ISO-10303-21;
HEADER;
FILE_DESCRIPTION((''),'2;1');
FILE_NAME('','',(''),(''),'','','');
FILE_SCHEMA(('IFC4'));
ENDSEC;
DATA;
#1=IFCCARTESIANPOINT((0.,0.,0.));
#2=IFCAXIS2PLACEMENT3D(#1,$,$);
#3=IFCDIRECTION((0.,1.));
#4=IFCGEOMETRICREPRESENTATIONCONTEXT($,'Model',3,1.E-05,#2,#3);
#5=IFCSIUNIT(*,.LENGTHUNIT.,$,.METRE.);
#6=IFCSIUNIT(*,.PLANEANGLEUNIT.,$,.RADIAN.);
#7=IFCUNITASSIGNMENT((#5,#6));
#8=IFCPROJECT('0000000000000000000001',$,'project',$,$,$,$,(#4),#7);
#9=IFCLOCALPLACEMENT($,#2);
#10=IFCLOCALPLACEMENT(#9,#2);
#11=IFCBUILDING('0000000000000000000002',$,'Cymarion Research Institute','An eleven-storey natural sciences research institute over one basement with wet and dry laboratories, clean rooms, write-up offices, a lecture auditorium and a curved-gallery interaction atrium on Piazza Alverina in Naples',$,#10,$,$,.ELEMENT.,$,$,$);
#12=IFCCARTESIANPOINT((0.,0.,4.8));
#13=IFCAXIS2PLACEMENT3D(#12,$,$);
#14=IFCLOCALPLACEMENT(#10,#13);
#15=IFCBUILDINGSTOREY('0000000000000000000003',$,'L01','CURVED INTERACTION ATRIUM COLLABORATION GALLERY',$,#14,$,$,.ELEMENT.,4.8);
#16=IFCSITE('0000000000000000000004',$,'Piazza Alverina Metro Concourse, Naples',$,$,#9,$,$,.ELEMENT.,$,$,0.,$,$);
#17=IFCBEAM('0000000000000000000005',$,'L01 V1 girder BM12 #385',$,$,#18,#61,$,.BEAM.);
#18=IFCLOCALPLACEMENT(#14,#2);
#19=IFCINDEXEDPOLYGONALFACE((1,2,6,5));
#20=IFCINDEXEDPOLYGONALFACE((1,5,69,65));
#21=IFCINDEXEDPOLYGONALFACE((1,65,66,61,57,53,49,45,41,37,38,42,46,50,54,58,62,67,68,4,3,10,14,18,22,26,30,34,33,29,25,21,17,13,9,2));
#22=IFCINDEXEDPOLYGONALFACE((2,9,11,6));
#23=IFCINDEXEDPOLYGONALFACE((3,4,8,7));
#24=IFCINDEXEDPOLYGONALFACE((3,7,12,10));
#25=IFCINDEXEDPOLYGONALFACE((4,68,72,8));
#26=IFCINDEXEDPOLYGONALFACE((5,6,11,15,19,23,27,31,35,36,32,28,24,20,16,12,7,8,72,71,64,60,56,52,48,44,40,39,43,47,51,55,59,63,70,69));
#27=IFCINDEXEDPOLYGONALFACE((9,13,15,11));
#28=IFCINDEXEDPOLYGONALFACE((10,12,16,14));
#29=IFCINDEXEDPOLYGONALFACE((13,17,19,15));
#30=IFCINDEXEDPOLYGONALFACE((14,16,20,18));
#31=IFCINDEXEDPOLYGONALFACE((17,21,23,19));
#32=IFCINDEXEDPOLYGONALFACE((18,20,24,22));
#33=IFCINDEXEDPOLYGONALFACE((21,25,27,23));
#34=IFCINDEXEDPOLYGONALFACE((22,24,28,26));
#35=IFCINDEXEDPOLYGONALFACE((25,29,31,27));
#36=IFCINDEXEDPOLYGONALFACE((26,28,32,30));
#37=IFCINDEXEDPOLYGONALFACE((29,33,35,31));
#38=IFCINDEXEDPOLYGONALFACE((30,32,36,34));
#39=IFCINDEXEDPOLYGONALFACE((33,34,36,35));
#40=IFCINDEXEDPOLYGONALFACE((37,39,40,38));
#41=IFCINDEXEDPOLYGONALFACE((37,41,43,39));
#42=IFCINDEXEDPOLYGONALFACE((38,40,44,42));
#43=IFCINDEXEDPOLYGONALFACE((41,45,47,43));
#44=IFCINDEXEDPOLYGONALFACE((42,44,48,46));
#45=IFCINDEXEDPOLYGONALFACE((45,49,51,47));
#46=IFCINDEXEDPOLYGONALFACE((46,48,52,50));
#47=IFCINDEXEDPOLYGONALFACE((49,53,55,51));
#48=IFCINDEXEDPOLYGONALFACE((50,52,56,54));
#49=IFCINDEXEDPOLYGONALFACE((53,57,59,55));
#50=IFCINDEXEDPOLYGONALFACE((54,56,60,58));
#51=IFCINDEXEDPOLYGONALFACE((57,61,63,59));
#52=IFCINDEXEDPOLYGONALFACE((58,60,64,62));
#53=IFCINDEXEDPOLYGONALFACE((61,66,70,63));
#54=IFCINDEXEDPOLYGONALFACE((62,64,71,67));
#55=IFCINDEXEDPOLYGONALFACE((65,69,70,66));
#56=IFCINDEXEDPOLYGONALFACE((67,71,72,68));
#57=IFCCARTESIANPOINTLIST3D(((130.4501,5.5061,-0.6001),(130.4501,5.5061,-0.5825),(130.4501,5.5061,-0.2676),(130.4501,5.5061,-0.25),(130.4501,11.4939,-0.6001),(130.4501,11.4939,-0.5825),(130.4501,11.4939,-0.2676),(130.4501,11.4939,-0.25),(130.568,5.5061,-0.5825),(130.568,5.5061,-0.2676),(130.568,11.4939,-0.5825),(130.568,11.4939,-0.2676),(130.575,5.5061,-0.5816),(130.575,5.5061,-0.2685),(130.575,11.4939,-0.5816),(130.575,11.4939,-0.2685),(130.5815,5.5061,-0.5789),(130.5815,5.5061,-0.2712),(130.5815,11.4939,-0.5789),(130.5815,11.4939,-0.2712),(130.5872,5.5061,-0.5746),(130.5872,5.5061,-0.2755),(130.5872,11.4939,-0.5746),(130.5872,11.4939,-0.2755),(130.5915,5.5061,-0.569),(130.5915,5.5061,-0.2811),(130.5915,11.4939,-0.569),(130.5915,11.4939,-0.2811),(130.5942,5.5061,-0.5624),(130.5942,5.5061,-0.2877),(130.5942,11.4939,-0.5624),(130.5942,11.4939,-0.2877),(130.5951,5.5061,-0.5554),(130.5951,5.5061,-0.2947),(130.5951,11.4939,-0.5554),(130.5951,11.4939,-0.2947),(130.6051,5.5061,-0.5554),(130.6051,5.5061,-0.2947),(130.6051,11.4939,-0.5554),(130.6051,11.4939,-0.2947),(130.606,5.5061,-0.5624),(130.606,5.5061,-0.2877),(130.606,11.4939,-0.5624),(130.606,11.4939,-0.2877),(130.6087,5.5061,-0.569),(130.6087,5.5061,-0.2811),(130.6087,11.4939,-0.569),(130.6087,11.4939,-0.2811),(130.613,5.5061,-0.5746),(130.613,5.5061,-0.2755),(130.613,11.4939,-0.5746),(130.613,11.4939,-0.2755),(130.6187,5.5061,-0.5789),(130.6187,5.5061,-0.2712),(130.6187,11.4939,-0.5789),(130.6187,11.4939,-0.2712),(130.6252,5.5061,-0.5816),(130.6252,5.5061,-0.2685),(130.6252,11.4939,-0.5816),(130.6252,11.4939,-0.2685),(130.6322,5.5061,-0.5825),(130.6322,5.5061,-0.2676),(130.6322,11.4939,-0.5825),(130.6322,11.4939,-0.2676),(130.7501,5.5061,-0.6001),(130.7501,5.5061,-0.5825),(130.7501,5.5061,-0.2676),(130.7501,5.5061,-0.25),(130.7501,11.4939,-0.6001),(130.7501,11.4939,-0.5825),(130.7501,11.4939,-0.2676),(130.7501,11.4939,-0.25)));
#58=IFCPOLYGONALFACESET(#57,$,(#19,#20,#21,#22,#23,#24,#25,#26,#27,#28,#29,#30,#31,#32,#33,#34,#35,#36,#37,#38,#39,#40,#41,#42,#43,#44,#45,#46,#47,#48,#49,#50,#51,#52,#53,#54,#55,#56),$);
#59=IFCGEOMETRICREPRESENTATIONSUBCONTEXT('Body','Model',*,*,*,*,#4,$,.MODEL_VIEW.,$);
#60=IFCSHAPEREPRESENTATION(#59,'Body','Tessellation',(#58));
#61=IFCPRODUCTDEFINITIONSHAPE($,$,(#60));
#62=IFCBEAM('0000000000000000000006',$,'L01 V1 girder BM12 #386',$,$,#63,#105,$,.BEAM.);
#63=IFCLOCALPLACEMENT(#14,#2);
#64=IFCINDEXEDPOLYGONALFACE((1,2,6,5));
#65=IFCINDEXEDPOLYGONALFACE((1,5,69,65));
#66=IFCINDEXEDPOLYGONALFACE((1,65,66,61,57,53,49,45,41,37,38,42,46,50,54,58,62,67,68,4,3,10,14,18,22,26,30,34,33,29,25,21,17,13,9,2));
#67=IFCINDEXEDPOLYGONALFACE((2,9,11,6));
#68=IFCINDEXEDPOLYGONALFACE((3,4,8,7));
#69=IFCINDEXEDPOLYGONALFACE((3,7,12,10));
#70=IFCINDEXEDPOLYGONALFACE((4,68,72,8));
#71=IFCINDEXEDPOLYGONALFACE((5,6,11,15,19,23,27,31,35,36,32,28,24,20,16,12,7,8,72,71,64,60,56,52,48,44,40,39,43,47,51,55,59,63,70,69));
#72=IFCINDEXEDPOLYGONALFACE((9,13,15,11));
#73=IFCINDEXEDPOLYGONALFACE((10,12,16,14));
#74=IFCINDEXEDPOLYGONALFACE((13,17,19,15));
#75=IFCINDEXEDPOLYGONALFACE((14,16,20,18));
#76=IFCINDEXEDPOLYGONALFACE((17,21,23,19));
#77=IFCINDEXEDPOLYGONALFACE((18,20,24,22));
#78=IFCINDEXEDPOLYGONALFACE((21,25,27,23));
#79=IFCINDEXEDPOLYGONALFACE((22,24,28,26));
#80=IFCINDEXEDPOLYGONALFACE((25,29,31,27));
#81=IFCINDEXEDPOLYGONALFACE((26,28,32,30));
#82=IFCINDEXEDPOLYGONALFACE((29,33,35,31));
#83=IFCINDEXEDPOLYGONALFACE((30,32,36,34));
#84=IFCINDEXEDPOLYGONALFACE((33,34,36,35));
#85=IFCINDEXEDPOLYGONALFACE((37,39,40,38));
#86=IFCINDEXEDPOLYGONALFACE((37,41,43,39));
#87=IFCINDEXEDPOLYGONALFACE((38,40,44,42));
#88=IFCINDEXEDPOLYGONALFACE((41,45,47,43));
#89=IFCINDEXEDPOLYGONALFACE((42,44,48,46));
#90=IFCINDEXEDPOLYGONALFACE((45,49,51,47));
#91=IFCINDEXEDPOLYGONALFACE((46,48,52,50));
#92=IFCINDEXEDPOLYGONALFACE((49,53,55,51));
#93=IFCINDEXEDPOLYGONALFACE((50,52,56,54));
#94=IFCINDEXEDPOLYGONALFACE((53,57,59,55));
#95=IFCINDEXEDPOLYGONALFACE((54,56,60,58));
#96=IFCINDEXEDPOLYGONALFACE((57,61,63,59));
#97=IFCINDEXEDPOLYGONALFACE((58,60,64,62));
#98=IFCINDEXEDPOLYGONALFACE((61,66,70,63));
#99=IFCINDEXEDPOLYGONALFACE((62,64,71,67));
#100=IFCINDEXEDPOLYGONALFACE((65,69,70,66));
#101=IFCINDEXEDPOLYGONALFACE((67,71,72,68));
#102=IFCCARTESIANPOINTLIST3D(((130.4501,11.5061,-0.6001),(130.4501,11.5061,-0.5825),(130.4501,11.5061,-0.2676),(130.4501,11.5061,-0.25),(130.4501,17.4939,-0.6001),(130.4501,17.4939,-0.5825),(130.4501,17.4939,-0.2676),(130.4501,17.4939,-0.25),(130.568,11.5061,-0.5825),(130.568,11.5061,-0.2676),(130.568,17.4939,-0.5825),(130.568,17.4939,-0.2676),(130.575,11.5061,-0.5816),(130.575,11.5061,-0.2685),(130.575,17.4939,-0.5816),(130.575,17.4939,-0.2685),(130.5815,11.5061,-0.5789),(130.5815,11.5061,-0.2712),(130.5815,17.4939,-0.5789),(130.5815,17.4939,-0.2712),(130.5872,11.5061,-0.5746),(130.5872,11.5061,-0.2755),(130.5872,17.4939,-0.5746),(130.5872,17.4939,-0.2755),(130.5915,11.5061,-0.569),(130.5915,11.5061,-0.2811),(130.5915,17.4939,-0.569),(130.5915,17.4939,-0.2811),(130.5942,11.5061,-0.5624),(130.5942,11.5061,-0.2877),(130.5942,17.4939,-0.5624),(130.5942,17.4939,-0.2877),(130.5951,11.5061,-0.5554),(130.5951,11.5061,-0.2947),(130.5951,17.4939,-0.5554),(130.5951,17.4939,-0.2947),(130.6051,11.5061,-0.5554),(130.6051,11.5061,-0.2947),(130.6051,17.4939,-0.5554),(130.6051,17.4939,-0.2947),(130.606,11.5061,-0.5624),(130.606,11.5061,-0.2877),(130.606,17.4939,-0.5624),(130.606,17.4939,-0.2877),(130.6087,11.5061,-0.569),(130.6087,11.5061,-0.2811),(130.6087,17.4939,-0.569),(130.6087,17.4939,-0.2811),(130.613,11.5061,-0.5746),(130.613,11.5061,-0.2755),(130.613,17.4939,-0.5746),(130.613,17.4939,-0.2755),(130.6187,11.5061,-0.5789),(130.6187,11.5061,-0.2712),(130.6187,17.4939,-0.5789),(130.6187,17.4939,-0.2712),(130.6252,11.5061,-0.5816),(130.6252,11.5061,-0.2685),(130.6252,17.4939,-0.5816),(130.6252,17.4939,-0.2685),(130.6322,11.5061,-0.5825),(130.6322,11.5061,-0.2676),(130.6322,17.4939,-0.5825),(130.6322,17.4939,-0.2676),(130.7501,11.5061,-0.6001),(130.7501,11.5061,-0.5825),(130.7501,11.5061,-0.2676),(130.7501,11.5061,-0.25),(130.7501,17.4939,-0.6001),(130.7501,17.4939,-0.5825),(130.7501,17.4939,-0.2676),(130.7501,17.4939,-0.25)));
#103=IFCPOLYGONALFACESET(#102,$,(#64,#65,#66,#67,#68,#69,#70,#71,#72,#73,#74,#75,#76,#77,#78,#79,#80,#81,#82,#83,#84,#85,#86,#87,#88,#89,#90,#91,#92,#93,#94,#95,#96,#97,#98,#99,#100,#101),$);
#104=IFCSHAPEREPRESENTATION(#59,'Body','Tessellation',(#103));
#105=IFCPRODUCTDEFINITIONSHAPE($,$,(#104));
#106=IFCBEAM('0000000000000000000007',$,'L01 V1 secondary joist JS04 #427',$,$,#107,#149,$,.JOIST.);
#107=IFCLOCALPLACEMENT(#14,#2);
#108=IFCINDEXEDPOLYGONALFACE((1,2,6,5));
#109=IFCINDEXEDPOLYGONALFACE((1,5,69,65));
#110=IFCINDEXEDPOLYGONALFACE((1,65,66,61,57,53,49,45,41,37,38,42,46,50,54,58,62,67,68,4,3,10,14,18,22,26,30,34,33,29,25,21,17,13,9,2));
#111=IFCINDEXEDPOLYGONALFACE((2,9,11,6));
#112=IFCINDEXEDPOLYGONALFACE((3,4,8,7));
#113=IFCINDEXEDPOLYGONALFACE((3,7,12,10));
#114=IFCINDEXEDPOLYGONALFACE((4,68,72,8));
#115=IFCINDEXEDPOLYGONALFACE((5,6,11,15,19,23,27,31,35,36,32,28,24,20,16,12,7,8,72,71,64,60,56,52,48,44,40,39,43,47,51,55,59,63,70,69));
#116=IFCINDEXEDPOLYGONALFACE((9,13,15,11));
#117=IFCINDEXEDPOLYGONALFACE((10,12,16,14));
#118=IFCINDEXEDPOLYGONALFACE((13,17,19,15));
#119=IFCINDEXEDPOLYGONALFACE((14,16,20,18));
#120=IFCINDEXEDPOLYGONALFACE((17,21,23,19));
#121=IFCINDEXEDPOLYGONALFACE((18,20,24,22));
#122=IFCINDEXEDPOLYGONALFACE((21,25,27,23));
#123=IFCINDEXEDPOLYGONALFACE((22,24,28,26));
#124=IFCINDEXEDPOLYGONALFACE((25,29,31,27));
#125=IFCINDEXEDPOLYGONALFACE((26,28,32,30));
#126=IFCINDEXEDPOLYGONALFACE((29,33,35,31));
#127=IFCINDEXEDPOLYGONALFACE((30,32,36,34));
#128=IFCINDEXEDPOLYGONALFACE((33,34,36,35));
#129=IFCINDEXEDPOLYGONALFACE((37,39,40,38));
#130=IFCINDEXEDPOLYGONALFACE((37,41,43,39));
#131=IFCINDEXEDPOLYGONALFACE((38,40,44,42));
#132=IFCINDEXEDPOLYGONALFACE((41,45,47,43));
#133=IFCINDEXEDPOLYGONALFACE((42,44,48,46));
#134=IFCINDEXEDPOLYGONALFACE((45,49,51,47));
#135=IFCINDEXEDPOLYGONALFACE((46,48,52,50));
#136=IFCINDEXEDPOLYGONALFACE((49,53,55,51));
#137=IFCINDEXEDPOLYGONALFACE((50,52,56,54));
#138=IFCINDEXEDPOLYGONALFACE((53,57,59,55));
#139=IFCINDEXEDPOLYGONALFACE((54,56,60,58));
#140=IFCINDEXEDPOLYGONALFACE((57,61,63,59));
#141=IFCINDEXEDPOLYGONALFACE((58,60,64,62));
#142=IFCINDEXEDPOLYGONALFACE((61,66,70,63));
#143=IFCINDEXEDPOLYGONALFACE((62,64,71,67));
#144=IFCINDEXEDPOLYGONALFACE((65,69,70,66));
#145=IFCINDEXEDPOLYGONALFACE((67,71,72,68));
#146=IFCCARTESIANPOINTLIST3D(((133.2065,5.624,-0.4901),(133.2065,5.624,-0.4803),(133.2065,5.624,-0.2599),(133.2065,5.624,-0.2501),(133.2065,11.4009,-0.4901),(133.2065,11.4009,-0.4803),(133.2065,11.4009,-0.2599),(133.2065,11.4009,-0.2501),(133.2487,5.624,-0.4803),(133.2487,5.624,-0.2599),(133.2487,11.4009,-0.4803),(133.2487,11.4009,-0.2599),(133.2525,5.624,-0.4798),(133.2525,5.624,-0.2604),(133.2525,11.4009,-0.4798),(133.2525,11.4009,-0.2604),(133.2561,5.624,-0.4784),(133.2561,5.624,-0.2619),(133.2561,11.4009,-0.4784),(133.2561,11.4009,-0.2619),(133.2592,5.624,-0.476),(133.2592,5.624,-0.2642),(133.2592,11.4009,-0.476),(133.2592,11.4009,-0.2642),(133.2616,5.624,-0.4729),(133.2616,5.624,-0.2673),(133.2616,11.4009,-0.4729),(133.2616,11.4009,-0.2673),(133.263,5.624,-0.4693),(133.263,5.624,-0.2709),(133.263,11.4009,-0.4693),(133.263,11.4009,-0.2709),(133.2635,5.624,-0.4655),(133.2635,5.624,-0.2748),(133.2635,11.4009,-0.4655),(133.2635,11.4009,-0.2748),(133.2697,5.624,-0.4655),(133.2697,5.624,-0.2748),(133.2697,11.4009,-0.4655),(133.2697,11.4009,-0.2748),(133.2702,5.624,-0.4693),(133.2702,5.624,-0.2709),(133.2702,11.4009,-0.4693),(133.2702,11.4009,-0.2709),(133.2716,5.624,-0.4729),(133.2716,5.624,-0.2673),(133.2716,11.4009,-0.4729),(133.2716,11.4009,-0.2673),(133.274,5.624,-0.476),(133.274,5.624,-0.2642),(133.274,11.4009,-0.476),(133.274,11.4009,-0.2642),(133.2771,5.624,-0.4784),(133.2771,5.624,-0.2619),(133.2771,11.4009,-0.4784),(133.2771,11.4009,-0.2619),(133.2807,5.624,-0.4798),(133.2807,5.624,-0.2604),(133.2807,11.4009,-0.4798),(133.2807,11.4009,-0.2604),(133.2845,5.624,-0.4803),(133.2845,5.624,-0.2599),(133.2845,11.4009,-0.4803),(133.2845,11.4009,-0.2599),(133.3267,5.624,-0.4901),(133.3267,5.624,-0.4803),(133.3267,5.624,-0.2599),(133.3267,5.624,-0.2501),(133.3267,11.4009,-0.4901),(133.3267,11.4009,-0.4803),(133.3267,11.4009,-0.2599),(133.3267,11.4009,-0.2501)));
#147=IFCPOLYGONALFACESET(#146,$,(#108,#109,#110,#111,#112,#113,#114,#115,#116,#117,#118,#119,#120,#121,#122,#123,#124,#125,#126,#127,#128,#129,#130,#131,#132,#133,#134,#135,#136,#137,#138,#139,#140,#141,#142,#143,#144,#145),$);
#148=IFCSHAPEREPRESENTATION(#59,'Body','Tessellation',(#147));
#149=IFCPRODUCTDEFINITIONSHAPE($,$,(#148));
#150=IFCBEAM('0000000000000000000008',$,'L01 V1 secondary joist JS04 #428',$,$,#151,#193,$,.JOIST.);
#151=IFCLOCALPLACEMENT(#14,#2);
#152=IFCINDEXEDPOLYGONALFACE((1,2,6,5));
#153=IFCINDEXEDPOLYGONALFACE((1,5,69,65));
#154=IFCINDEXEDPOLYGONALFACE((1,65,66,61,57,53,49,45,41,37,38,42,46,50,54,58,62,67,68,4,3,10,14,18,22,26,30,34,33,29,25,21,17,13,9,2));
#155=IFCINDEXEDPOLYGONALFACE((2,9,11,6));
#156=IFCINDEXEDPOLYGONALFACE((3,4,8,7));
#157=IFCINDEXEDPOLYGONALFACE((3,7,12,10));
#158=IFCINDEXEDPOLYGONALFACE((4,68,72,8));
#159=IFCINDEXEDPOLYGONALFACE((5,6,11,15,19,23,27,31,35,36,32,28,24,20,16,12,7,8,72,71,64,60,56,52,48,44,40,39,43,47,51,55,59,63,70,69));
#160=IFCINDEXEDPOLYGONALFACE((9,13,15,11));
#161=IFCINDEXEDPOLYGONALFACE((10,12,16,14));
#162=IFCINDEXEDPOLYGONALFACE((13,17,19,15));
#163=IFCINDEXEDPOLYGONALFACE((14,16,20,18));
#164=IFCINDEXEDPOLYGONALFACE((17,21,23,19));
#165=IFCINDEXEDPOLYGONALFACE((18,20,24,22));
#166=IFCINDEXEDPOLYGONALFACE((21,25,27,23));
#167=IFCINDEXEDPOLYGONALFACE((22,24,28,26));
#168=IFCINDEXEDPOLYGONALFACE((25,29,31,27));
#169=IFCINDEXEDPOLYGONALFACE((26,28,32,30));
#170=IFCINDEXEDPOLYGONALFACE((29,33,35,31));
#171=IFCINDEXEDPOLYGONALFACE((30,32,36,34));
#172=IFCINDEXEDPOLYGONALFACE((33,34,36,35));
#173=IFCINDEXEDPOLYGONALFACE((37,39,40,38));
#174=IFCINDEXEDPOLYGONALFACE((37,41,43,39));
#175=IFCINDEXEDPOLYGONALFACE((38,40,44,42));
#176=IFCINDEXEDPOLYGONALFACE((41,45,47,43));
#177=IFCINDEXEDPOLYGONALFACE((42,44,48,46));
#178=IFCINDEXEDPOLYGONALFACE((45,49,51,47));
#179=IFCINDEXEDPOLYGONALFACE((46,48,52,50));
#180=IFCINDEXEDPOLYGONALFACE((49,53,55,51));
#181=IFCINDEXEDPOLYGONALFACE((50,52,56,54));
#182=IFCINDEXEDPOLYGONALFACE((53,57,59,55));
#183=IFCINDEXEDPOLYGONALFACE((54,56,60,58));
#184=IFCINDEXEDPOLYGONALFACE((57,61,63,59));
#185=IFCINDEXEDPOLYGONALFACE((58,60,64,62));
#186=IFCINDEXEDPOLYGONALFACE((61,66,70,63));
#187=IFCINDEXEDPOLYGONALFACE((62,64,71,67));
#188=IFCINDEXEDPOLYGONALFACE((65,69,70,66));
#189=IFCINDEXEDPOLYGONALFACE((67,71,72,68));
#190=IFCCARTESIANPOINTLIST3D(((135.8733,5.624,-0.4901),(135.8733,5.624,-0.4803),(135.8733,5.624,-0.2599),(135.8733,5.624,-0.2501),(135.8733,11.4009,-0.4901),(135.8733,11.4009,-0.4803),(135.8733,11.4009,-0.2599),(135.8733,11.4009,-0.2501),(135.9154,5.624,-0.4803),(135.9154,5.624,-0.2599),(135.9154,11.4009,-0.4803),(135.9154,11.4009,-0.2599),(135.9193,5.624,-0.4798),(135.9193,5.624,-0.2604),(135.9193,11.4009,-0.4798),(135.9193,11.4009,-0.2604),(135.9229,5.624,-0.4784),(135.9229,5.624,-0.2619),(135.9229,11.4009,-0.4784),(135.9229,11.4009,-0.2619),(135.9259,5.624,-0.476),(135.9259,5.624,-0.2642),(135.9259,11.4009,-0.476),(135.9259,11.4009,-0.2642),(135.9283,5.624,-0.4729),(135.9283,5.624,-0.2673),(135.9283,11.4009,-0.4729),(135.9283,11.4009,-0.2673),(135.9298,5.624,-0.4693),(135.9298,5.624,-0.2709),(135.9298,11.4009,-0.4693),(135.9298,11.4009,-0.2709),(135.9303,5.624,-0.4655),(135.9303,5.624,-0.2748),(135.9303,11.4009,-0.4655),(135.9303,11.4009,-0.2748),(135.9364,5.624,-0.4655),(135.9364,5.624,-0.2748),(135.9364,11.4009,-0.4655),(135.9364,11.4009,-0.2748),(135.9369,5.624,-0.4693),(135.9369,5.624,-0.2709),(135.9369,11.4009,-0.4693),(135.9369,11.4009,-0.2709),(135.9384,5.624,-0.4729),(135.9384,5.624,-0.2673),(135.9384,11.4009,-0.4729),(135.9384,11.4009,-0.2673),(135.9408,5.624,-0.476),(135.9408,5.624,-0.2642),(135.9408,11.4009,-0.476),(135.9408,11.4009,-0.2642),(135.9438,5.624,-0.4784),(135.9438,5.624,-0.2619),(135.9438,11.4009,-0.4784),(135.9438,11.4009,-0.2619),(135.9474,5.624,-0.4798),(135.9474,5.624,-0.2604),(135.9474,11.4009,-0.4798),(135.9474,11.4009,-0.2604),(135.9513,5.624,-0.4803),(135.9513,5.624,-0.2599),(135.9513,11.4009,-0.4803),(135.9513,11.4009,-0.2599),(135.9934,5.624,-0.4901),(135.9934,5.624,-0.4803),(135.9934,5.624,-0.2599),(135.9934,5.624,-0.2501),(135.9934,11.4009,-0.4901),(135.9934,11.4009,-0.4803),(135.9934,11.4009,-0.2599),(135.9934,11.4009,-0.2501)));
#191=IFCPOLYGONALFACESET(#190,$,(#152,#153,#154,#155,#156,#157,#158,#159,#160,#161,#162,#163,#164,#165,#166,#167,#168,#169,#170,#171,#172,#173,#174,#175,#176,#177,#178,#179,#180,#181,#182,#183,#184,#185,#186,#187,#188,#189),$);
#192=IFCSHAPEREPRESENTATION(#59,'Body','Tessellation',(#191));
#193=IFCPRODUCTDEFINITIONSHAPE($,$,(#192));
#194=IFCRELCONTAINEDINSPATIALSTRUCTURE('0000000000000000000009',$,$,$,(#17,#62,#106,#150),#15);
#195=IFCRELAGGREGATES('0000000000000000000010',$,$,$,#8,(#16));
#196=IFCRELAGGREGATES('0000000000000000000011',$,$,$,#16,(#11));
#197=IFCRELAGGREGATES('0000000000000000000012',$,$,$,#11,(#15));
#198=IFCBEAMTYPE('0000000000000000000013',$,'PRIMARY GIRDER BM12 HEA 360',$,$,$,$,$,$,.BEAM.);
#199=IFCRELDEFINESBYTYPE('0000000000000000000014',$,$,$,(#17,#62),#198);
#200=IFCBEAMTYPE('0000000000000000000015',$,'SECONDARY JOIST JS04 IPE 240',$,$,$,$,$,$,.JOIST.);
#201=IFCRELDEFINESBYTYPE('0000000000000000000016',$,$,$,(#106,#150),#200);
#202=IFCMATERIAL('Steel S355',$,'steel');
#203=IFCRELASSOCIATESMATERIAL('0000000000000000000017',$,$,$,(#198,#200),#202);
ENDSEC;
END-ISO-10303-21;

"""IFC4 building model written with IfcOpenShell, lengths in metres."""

from ifc_helpers import new_model, si_unit, direction, frame, origin, origin_2d, place, context, subcontext, project, spatial, i_section, extrude, material, material_profile, profile_set, type_object, element, save


model = new_model("IFC4")

# Units and contexts
model_context = context("Model", 3, precision=1e-05, world=origin(), true_north=direction((0.0, 1.0)))
body_context = subcontext(model_context, "Body", "Model", "MODEL_VIEW")
ifc_project = project(units=[si_unit("LENGTHUNIT", "METRE"), si_unit("PLANEANGLEUNIT", "RADIAN")], contexts=[model_context])

# Site, building, storey
site_placement = place(None, origin())
site = spatial("IfcSite", under=ifc_project, at=site_placement, Name="Piazza Alverina Metro Concourse, Naples", CompositionType="ELEMENT", RefElevation=0.0)
building_placement = place(site_placement, origin())
building = spatial("IfcBuilding", under=site, at=building_placement, Name="Cymarion Research Institute", Description="An eleven-storey natural sciences research institute over one basement with wet and dry laboratories, clean rooms, write-up offices, a lecture auditorium and a curved-gallery interaction atrium on Piazza Alverina in Naples", CompositionType="ELEMENT")
storey_placement = place(building_placement, frame((0.0, 0.0, 4.8)))
storey = spatial("IfcBuildingStorey", under=building, at=storey_placement, Name="L01", Description="CURVED INTERACTION ATRIUM COLLABORATION GALLERY", CompositionType="ELEMENT", Elevation=4.8)

# Shared definitions
ifc_material_1 = material(Name="Steel S355", Category="steel")

# Beams
ifc_material_profile_1 = material_profile(ifc_material_1, i_section(OverallWidth=0.3, OverallDepth=0.3501, WebThickness=0.01, FlangeThickness=0.0176, FilletRadius=0.0271, at=origin_2d()), Name="HEA 360")
ifc_profile_set_1 = profile_set([ifc_material_profile_1], Name="Steel S355")
beam_type_1 = type_object("IfcBeamType", Name="PRIMARY GIRDER BM12 HEA 360", PredefinedType="BEAM", material=ifc_profile_set_1)
for number, where, z_axis, x_axis, name in (
    (1, (130.6001, 5.5061, -0.425), (0.0, 1.0, 0.0), (-1.0, 0.0, 0.0), "L01 V1 girder BM12 #385"),
    (2, (130.6001, 11.5061, -0.425), (0.0, 1.0, 0.0), (-1.0, 0.0, 0.0), "L01 V1 girder BM12 #386"),
):
    element("IfcBeam", number, at=place(storey_placement, frame(where, z_axis=z_axis, x_axis=x_axis)), inside=storey, type_object=beam_type_1, Name=name, PredefinedType="BEAM", context=body_context, shape_type="SweptSolid", body=[
        extrude(i_section(OverallWidth=0.3, OverallDepth=0.3501, WebThickness=0.01, FlangeThickness=0.0176, FilletRadius=0.0271, at=origin_2d()), origin(), (0.0, 0.0, 1.0), 5.9878),
    ])
ifc_material_profile_2 = material_profile(ifc_material_1, i_section(OverallWidth=0.1201, OverallDepth=0.24, WebThickness=0.0061, FlangeThickness=0.0098, FilletRadius=0.0149, at=origin_2d()), Name="IPE 240")
ifc_profile_set_2 = profile_set([ifc_material_profile_2], Name="Steel S355")
beam_type_2 = type_object("IfcBeamType", Name="SECONDARY JOIST JS04 IPE 240", PredefinedType="JOIST", material=ifc_profile_set_2)
for number, where, z_axis, x_axis, name in (
    (3, (133.2666, 5.624, -0.3701), (0.0, 1.0, 0.0), (-1.0, 0.0, 0.0), "L01 V1 secondary joist JS04 #427"),
    (4, (135.9333, 5.624, -0.3701), (0.0, 1.0, 0.0), (-1.0, 0.0, 0.0), "L01 V1 secondary joist JS04 #428"),
):
    element("IfcBeam", number, at=place(storey_placement, frame(where, z_axis=z_axis, x_axis=x_axis)), inside=storey, type_object=beam_type_2, Name=name, PredefinedType="JOIST", context=body_context, shape_type="SweptSolid", body=[
        extrude(i_section(OverallWidth=0.1201, OverallDepth=0.24, WebThickness=0.0061, FlangeThickness=0.0098, FilletRadius=0.0149, at=origin_2d()), origin(), (0.0, 0.0, 1.0), 5.7769),
    ])

save(model, "model.ifc")
